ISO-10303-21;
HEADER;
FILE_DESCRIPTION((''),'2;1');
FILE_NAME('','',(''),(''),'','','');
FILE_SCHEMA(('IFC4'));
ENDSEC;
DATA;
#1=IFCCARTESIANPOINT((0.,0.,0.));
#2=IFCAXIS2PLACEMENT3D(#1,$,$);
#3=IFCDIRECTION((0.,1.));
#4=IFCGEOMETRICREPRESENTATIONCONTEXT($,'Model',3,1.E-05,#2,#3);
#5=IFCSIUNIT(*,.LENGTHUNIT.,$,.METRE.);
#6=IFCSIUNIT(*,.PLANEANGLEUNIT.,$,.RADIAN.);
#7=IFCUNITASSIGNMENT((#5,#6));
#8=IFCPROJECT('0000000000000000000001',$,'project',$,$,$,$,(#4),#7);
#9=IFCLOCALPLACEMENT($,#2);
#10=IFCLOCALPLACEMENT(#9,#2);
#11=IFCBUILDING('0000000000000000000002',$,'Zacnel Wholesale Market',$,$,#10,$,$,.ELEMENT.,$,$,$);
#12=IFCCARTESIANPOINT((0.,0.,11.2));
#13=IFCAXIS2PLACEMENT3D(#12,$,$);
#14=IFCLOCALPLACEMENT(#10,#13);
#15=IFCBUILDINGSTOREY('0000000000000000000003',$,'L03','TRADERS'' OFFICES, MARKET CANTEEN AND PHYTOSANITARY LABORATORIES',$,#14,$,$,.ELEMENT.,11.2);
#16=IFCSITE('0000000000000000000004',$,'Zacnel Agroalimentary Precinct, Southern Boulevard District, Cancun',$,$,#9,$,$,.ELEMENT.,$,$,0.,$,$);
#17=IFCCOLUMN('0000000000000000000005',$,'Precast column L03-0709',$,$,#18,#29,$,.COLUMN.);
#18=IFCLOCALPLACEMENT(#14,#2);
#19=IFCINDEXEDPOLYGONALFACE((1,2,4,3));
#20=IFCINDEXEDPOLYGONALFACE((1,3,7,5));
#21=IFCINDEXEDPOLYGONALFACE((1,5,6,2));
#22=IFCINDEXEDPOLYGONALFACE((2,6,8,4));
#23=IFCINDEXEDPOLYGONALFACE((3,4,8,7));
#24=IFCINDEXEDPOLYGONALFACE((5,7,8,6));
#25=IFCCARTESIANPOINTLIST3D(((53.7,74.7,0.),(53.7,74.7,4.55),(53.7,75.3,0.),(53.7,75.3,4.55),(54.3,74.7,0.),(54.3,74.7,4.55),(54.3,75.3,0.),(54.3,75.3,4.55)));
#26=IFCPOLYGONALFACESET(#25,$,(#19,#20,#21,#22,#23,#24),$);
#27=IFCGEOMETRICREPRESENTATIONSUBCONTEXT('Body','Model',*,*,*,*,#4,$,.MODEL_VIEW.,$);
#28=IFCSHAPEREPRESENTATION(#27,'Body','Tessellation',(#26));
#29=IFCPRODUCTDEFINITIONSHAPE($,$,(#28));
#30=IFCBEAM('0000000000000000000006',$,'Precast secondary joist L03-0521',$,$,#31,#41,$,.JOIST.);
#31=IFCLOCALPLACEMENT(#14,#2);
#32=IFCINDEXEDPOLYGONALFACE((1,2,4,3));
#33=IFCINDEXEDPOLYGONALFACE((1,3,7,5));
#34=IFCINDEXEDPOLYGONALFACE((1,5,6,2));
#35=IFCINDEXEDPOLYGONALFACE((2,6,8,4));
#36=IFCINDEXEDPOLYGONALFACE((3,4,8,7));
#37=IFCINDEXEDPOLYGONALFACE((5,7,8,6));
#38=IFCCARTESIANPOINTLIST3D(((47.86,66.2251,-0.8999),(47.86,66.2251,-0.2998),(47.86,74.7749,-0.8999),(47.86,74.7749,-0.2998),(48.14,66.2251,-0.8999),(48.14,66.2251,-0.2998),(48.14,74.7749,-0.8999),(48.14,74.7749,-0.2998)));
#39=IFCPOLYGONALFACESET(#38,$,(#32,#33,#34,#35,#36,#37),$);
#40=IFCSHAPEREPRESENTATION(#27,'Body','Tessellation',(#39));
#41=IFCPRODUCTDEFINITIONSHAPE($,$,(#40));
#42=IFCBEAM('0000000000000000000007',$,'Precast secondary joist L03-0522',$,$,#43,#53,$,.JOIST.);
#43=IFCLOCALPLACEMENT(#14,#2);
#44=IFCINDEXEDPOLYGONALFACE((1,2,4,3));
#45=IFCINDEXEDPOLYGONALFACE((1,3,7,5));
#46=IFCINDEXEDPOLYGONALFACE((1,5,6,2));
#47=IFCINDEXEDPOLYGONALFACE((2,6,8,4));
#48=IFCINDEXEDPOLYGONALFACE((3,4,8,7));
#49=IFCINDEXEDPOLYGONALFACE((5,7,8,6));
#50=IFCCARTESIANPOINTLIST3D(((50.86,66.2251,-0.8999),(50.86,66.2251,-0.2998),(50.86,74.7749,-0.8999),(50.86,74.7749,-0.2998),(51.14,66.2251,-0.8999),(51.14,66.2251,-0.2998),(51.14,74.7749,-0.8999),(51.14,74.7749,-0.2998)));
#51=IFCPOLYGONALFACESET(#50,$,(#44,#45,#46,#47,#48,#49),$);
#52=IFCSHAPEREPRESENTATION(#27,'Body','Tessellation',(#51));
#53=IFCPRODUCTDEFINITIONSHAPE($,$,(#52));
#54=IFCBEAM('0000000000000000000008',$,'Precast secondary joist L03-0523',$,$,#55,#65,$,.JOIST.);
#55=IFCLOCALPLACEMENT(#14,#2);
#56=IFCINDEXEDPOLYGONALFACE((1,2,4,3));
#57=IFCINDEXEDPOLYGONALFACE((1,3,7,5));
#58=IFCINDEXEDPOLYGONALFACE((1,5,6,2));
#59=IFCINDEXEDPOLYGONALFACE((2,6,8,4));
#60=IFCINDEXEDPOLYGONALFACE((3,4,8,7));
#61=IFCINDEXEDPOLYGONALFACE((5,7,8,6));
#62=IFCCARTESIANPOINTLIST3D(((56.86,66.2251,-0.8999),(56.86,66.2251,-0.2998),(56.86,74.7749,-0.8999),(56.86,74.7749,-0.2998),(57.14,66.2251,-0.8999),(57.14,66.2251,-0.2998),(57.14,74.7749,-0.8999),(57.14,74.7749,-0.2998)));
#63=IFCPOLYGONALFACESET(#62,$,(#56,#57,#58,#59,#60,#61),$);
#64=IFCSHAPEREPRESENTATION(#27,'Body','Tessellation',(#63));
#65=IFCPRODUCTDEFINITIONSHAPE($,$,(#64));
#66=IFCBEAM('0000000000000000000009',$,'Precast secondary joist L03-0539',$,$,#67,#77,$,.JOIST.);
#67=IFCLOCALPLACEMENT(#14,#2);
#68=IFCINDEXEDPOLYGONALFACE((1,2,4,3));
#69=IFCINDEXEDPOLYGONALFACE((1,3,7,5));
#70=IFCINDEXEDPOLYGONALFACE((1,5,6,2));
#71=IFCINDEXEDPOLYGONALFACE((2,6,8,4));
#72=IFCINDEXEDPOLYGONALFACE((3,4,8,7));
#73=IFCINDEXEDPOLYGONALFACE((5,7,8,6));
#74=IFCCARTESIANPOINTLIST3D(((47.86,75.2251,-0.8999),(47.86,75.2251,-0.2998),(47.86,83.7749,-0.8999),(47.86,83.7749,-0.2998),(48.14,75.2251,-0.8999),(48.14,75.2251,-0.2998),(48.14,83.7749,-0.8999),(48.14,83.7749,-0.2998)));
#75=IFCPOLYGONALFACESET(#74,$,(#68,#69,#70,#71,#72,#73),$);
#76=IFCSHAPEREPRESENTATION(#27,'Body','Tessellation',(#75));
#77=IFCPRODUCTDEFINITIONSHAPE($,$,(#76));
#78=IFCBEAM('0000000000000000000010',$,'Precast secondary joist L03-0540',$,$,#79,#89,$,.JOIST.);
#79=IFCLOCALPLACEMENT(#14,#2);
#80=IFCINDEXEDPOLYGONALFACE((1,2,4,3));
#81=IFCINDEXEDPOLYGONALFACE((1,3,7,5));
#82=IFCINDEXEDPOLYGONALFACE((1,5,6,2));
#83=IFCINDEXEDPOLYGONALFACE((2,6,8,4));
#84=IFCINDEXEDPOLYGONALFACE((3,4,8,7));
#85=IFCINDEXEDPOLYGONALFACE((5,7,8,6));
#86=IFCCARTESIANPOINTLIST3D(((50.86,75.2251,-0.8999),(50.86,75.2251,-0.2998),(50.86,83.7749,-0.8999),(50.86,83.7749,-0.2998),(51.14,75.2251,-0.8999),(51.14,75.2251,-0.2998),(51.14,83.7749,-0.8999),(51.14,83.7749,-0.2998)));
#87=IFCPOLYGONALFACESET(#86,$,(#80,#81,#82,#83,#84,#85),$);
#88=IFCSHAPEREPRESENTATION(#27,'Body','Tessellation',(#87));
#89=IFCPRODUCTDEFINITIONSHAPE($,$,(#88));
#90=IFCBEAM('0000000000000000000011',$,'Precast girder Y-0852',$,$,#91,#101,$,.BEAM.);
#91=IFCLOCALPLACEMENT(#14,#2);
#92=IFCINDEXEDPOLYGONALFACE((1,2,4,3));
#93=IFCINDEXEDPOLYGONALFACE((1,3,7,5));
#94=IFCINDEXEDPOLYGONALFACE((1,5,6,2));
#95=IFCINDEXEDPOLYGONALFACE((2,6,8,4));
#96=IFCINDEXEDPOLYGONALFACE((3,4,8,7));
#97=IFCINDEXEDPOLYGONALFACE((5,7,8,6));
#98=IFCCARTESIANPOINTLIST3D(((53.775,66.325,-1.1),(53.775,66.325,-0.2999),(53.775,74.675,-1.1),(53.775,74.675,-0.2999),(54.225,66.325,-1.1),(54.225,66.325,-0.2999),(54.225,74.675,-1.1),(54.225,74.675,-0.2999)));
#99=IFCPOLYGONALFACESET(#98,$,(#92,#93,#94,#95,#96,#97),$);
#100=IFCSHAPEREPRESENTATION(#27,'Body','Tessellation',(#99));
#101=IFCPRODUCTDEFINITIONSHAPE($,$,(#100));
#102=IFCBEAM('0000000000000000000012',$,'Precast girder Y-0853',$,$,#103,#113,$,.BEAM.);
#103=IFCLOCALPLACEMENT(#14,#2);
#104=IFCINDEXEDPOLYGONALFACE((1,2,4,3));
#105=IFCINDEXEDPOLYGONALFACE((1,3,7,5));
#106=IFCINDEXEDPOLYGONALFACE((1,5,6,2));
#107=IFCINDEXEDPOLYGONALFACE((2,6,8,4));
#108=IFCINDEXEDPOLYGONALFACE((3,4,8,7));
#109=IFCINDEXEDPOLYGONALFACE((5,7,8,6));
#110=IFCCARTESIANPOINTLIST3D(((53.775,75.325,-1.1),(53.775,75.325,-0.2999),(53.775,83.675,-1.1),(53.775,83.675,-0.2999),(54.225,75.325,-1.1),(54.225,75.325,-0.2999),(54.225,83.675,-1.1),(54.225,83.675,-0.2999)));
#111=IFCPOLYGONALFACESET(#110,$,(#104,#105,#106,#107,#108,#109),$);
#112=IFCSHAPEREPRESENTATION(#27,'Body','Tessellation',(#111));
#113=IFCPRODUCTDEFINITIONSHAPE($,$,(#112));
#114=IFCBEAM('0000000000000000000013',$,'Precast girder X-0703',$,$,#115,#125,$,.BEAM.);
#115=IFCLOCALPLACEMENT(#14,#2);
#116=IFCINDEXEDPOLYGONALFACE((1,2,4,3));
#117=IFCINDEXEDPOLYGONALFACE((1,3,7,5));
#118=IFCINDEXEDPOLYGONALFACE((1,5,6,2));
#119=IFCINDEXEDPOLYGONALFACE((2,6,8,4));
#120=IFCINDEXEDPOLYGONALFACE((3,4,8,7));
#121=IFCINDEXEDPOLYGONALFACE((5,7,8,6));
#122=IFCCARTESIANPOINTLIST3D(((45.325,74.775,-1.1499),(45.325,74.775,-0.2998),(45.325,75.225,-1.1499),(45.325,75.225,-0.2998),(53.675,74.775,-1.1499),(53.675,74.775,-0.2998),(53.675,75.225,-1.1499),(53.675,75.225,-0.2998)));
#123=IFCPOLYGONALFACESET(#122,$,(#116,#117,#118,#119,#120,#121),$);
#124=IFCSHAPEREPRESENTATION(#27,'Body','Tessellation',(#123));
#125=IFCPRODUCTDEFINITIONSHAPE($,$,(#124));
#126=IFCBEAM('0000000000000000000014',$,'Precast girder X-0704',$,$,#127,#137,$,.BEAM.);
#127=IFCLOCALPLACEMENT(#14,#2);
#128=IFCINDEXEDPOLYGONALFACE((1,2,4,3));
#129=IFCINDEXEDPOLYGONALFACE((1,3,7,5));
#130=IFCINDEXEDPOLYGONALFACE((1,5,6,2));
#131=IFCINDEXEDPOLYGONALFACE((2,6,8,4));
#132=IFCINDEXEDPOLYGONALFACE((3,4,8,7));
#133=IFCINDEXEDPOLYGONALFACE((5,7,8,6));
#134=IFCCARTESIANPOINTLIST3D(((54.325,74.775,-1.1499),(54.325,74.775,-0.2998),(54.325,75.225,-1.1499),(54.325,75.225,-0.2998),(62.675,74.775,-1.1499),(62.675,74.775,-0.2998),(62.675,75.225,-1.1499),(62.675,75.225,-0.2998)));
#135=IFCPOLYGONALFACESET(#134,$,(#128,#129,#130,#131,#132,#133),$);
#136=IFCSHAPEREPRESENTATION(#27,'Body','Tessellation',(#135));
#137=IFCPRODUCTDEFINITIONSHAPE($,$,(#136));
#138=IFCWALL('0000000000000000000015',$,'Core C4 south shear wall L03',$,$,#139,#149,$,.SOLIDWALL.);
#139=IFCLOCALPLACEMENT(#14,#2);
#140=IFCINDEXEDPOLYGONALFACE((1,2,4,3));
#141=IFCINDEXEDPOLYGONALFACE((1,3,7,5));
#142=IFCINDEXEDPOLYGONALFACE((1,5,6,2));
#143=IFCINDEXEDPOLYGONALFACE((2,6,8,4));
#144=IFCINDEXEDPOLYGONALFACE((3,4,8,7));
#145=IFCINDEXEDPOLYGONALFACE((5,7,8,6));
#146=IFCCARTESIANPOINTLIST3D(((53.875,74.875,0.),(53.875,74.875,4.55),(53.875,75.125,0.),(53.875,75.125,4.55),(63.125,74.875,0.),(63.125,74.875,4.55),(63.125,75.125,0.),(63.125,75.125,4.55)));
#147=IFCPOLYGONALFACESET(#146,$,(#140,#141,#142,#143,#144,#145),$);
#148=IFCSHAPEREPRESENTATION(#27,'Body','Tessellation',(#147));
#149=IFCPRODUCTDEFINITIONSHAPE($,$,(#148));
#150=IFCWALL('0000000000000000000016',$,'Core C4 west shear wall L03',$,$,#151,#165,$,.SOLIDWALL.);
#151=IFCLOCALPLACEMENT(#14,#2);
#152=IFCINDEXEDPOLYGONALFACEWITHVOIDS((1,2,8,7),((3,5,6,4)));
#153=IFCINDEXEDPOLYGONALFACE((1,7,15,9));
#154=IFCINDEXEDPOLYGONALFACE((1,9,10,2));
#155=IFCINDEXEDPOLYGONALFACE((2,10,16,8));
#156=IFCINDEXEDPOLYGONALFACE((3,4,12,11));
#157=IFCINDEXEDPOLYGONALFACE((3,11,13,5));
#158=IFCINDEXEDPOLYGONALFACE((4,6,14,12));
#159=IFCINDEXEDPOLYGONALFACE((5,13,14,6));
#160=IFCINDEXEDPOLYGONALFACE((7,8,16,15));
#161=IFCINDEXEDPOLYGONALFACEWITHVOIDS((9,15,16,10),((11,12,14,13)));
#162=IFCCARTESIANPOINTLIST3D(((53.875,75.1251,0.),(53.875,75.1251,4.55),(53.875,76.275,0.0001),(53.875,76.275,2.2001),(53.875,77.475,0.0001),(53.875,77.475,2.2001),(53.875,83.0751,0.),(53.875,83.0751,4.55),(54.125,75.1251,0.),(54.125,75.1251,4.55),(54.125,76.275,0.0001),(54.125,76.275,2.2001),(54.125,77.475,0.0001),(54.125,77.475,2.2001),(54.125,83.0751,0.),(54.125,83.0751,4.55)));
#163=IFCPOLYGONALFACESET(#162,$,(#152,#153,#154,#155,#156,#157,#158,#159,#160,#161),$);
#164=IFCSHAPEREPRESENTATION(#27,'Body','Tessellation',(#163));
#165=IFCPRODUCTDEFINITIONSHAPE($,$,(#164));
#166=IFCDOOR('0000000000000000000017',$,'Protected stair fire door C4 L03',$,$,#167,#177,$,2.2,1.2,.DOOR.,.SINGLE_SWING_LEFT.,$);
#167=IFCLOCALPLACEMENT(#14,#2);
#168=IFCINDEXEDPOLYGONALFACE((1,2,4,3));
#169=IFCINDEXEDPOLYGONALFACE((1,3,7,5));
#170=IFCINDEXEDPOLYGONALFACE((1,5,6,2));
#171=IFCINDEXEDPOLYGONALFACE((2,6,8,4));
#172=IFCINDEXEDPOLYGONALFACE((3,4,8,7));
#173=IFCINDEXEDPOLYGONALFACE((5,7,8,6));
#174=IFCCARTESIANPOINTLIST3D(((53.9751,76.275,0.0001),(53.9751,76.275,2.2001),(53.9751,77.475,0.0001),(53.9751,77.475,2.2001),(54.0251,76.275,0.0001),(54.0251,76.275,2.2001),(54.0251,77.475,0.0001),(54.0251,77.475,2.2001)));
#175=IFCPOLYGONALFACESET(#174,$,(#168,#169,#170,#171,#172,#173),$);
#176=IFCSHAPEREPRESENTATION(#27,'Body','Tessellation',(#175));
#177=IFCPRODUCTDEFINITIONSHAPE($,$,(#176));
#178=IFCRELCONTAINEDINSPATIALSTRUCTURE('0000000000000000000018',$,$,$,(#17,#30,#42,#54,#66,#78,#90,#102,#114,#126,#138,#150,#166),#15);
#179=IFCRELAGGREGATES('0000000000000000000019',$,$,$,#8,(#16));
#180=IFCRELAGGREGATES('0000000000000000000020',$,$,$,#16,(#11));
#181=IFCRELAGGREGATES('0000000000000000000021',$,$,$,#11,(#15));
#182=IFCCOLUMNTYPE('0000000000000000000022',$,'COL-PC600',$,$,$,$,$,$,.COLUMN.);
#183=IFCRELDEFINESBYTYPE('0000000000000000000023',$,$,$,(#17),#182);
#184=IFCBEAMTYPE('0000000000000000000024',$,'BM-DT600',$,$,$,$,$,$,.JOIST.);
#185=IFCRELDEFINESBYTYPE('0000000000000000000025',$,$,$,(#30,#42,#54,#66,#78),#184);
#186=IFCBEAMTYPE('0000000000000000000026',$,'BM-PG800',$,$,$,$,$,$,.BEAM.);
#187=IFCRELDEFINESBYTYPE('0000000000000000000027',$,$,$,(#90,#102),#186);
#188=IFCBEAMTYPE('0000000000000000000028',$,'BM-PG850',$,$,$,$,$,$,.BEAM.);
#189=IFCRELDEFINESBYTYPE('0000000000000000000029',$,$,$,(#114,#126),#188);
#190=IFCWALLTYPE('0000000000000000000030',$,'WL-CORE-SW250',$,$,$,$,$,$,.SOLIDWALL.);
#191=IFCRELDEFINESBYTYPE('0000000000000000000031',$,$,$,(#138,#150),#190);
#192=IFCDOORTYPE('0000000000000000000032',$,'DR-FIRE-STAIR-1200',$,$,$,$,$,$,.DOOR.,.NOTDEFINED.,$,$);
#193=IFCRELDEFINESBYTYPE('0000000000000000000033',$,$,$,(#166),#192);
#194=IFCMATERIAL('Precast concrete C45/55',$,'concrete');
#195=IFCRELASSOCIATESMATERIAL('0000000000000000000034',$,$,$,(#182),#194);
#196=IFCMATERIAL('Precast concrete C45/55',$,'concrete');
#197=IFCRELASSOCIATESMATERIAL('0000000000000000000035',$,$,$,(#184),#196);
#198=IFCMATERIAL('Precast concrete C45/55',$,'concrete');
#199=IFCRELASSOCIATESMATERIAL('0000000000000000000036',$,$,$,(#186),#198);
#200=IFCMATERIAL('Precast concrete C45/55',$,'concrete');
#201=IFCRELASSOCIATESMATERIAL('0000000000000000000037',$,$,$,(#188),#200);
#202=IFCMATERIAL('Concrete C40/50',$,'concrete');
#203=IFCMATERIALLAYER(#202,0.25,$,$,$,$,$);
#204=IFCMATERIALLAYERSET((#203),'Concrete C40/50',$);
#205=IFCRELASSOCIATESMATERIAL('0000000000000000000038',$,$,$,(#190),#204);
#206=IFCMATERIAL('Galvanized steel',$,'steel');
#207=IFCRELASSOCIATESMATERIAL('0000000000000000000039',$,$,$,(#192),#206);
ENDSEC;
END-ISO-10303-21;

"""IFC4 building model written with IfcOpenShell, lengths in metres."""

from ifc_helpers import new_model, si_unit, direction, frame, frame_2d, origin, origin_2d, place, context, subcontext, project, spatial, rectangle, extrude, material, layer, layer_set, material_profile, profile_set, type_object, element, fill, save


model = new_model("IFC4")

# Units and contexts
model_context = context("Model", 3, precision=1e-05, world=origin(), true_north=direction((0.0, 1.0)))
body_context = subcontext(model_context, "Body", "Model", "MODEL_VIEW")
ifc_project = project(units=[si_unit("LENGTHUNIT", "METRE"), si_unit("PLANEANGLEUNIT", "RADIAN")], contexts=[model_context])

# Site, building, storey
site_placement = place(None, origin())
site = spatial("IfcSite", under=ifc_project, at=site_placement, Name="Zacnel Agroalimentary Precinct, Southern Boulevard District, Cancun", CompositionType="ELEMENT", RefElevation=0.0)
building_placement = place(site_placement, origin())
building = spatial("IfcBuilding", under=site, at=building_placement, Name="Zacnel Wholesale Market", CompositionType="ELEMENT")
storey_placement = place(building_placement, frame((0.0, 0.0, 11.2)))
storey = spatial("IfcBuildingStorey", under=building, at=storey_placement, Name="L03", Description="TRADERS' OFFICES, MARKET CANTEEN AND PHYTOSANITARY LABORATORIES", CompositionType="ELEMENT", Elevation=11.2)

# Column
ifc_material_1 = material(Name="Precast concrete C45/55", Category="concrete")
ifc_material_profile_1 = material_profile(ifc_material_1, rectangle(XDim=0.6001, YDim=0.6001, at=origin_2d()), Name="PC 600x600")
ifc_profile_set_1 = profile_set([ifc_material_profile_1], Name="Precast concrete C45/55")
column_type = type_object("IfcColumnType", Name="COL-PC600", PredefinedType="COLUMN", material=ifc_profile_set_1)
column_placement = place(storey_placement, frame((54.0, 75.0, 0.0), z_axis=(0.0, 0.0, 1.0), x_axis=(1.0, 0.0, 0.0)))
element("IfcColumn", 1, at=column_placement, inside=storey, type_object=column_type, Name="Precast column L03-0709", PredefinedType="COLUMN", context=body_context, shape_type="SweptSolid", body=[
    extrude(rectangle(XDim=0.6001, YDim=0.6001, at=origin_2d()), origin(), (0.0, 0.0, 1.0), 4.55),
])

# Beams
ifc_material_2 = material(Name="Precast concrete C45/55", Category="concrete")
ifc_material_profile_2 = material_profile(ifc_material_2, rectangle(XDim=0.28, YDim=0.6001, at=origin_2d()), Name="DT RIB 280x600")
ifc_profile_set_2 = profile_set([ifc_material_profile_2], Name="Precast concrete C45/55")
beam_type_1 = type_object("IfcBeamType", Name="BM-DT600", PredefinedType="JOIST", material=ifc_profile_set_2)
for number, where, z_axis, x_axis, name in (
    (2, (48.0, 66.2251, -0.5999), (0.0, 1.0, 0.0), (-1.0, 0.0, 0.0), "Precast secondary joist L03-0521"),
    (3, (51.0, 66.2251, -0.5999), (0.0, 1.0, 0.0), (-1.0, 0.0, 0.0), "Precast secondary joist L03-0522"),
    (4, (57.0, 66.2251, -0.5999), (0.0, 1.0, 0.0), (-1.0, 0.0, 0.0), "Precast secondary joist L03-0523"),
    (5, (48.0, 75.2251, -0.5999), (0.0, 1.0, 0.0), (-1.0, 0.0, 0.0), "Precast secondary joist L03-0539"),
    (6, (51.0, 75.2251, -0.5999), (0.0, 1.0, 0.0), (-1.0, 0.0, 0.0), "Precast secondary joist L03-0540"),
):
    element("IfcBeam", number, at=place(storey_placement, frame(where, z_axis=z_axis, x_axis=x_axis)), inside=storey, type_object=beam_type_1, Name=name, PredefinedType="JOIST", context=body_context, shape_type="SweptSolid", body=[
        extrude(rectangle(XDim=0.28, YDim=0.6001, at=origin_2d()), origin(), (0.0, 0.0, 1.0), 8.5498),
    ])
ifc_material_3 = material(Name="Precast concrete C45/55", Category="concrete")
ifc_material_profile_3 = material_profile(ifc_material_3, rectangle(XDim=0.45, YDim=0.8, at=origin_2d()), Name="PG 450x800")
ifc_profile_set_3 = profile_set([ifc_material_profile_3], Name="Precast concrete C45/55")
beam_type_2 = type_object("IfcBeamType", Name="BM-PG800", PredefinedType="BEAM", material=ifc_profile_set_3)
for number, where, z_axis, x_axis, name in (
    (7, (54.0, 66.325, -0.7), (0.0, 1.0, 0.0), (-1.0, 0.0, 0.0), "Precast girder Y-0852"),
    (8, (54.0, 75.325, -0.7), (0.0, 1.0, 0.0), (-1.0, 0.0, 0.0), "Precast girder Y-0853"),
):
    element("IfcBeam", number, at=place(storey_placement, frame(where, z_axis=z_axis, x_axis=x_axis)), inside=storey, type_object=beam_type_2, Name=name, PredefinedType="BEAM", context=body_context, shape_type="SweptSolid", body=[
        extrude(rectangle(XDim=0.45, YDim=0.8, at=origin_2d()), origin(), (0.0, 0.0, 1.0), 8.3501),
    ])
ifc_material_4 = material(Name="Precast concrete C45/55", Category="concrete")
ifc_material_profile_4 = material_profile(ifc_material_4, rectangle(XDim=0.45, YDim=0.8501, at=origin_2d()), Name="PG 450x850")
ifc_profile_set_4 = profile_set([ifc_material_profile_4], Name="Precast concrete C45/55")
beam_type_3 = type_object("IfcBeamType", Name="BM-PG850", PredefinedType="BEAM", material=ifc_profile_set_4)
for number, where, z_axis, x_axis, name in (
    (9, (45.325, 75.0, -0.7249), (1.0, 0.0, 0.0), (0.0, 1.0, 0.0), "Precast girder X-0703"),
    (10, (54.325, 75.0, -0.7249), (1.0, 0.0, 0.0), (0.0, 1.0, 0.0), "Precast girder X-0704"),
):
    element("IfcBeam", number, at=place(storey_placement, frame(where, z_axis=z_axis, x_axis=x_axis)), inside=storey, type_object=beam_type_3, Name=name, PredefinedType="BEAM", context=body_context, shape_type="SweptSolid", body=[
        extrude(rectangle(XDim=0.45, YDim=0.8501, at=origin_2d()), origin(), (0.0, 0.0, 1.0), 8.3501),
    ])

# Wall
ifc_material_5 = material(Name="Concrete C40/50", Category="concrete")
ifc_layer_1 = layer(ifc_material_5, 0.25)
ifc_layer_set_1 = layer_set([ifc_layer_1], Name="Concrete C40/50")
wall_type_1 = type_object("IfcWallType", Name="WL-CORE-SW250", PredefinedType="SOLIDWALL", material=ifc_layer_set_1)
wall_1_placement = place(storey_placement, frame((53.875, 75.0, 0.0), z_axis=(0.0, 0.0, 1.0), x_axis=(1.0, 0.0, 0.0)))
element("IfcWall", 11, at=wall_1_placement, inside=storey, type_object=wall_type_1, Name="Core C4 south shear wall L03", PredefinedType="SOLIDWALL", context=body_context, shape_type="SweptSolid", body=[
    extrude(rectangle(XDim=9.25, YDim=0.25, at=frame_2d((4.625, 0.0))), origin(), (0.0, 0.0, 1.0), 4.55),
])

# Wall, opening, door
wall_2_placement = place(storey_placement, frame((54.0, 75.125, 0.0), z_axis=(0.0, 0.0, 1.0), x_axis=(0.0, 1.0, 0.0)))
wall_2 = element("IfcWall", 12, at=wall_2_placement, inside=storey, type_object=wall_type_1, Name="Core C4 west shear wall L03", PredefinedType="SOLIDWALL", context=body_context, shape_type="SweptSolid", body=[
    extrude(rectangle(XDim=7.95, YDim=0.25, at=frame_2d((3.9751, 0.0))), origin(), (0.0, 0.0, 1.0), 4.55),
])
opening_1_placement = place(wall_2_placement, frame((1.1499, 0.0, 0.0)))
opening_1 = element("IfcOpeningElement", 13, at=opening_1_placement, cuts=wall_2, PredefinedType="OPENING", context=body_context, shape_type="SweptSolid", body=[
    extrude(rectangle(XDim=1.2, YDim=2.2, at=frame_2d((0.6001, 1.1001))), frame((0.0, 0.135, 0.0), z_axis=(0.0, -1.0, 0.0), x_axis=(1.0, 0.0, 0.0)), (0.0, 0.0, 1.0), 0.27),
])
ifc_material_6 = material(Name="Galvanized steel", Category="steel")
door_type_1 = type_object("IfcDoorType", Name="DR-FIRE-STAIR-1200", OperationType="NOTDEFINED", PredefinedType="DOOR", material=ifc_material_6)
door_1_placement = place(opening_1_placement, origin())
door_1 = element("IfcDoor", 14, at=door_1_placement, inside=storey, type_object=door_type_1, Name="Protected stair fire door C4 L03", OperationType="SINGLE_SWING_LEFT", OverallHeight=2.2, OverallWidth=1.2, PredefinedType="DOOR", context=body_context, shape_type="SweptSolid", body=[
    extrude(rectangle(XDim=1.2, YDim=2.2, at=frame_2d((0.6001, 1.1001))), frame((0.0, 0.0249, 0.0), z_axis=(0.0, -1.0, 0.0), x_axis=(1.0, 0.0, 0.0)), (0.0, 0.0, 1.0), 0.05),
])
fill(opening_1, door_1)

save(model, "model.ifc")
